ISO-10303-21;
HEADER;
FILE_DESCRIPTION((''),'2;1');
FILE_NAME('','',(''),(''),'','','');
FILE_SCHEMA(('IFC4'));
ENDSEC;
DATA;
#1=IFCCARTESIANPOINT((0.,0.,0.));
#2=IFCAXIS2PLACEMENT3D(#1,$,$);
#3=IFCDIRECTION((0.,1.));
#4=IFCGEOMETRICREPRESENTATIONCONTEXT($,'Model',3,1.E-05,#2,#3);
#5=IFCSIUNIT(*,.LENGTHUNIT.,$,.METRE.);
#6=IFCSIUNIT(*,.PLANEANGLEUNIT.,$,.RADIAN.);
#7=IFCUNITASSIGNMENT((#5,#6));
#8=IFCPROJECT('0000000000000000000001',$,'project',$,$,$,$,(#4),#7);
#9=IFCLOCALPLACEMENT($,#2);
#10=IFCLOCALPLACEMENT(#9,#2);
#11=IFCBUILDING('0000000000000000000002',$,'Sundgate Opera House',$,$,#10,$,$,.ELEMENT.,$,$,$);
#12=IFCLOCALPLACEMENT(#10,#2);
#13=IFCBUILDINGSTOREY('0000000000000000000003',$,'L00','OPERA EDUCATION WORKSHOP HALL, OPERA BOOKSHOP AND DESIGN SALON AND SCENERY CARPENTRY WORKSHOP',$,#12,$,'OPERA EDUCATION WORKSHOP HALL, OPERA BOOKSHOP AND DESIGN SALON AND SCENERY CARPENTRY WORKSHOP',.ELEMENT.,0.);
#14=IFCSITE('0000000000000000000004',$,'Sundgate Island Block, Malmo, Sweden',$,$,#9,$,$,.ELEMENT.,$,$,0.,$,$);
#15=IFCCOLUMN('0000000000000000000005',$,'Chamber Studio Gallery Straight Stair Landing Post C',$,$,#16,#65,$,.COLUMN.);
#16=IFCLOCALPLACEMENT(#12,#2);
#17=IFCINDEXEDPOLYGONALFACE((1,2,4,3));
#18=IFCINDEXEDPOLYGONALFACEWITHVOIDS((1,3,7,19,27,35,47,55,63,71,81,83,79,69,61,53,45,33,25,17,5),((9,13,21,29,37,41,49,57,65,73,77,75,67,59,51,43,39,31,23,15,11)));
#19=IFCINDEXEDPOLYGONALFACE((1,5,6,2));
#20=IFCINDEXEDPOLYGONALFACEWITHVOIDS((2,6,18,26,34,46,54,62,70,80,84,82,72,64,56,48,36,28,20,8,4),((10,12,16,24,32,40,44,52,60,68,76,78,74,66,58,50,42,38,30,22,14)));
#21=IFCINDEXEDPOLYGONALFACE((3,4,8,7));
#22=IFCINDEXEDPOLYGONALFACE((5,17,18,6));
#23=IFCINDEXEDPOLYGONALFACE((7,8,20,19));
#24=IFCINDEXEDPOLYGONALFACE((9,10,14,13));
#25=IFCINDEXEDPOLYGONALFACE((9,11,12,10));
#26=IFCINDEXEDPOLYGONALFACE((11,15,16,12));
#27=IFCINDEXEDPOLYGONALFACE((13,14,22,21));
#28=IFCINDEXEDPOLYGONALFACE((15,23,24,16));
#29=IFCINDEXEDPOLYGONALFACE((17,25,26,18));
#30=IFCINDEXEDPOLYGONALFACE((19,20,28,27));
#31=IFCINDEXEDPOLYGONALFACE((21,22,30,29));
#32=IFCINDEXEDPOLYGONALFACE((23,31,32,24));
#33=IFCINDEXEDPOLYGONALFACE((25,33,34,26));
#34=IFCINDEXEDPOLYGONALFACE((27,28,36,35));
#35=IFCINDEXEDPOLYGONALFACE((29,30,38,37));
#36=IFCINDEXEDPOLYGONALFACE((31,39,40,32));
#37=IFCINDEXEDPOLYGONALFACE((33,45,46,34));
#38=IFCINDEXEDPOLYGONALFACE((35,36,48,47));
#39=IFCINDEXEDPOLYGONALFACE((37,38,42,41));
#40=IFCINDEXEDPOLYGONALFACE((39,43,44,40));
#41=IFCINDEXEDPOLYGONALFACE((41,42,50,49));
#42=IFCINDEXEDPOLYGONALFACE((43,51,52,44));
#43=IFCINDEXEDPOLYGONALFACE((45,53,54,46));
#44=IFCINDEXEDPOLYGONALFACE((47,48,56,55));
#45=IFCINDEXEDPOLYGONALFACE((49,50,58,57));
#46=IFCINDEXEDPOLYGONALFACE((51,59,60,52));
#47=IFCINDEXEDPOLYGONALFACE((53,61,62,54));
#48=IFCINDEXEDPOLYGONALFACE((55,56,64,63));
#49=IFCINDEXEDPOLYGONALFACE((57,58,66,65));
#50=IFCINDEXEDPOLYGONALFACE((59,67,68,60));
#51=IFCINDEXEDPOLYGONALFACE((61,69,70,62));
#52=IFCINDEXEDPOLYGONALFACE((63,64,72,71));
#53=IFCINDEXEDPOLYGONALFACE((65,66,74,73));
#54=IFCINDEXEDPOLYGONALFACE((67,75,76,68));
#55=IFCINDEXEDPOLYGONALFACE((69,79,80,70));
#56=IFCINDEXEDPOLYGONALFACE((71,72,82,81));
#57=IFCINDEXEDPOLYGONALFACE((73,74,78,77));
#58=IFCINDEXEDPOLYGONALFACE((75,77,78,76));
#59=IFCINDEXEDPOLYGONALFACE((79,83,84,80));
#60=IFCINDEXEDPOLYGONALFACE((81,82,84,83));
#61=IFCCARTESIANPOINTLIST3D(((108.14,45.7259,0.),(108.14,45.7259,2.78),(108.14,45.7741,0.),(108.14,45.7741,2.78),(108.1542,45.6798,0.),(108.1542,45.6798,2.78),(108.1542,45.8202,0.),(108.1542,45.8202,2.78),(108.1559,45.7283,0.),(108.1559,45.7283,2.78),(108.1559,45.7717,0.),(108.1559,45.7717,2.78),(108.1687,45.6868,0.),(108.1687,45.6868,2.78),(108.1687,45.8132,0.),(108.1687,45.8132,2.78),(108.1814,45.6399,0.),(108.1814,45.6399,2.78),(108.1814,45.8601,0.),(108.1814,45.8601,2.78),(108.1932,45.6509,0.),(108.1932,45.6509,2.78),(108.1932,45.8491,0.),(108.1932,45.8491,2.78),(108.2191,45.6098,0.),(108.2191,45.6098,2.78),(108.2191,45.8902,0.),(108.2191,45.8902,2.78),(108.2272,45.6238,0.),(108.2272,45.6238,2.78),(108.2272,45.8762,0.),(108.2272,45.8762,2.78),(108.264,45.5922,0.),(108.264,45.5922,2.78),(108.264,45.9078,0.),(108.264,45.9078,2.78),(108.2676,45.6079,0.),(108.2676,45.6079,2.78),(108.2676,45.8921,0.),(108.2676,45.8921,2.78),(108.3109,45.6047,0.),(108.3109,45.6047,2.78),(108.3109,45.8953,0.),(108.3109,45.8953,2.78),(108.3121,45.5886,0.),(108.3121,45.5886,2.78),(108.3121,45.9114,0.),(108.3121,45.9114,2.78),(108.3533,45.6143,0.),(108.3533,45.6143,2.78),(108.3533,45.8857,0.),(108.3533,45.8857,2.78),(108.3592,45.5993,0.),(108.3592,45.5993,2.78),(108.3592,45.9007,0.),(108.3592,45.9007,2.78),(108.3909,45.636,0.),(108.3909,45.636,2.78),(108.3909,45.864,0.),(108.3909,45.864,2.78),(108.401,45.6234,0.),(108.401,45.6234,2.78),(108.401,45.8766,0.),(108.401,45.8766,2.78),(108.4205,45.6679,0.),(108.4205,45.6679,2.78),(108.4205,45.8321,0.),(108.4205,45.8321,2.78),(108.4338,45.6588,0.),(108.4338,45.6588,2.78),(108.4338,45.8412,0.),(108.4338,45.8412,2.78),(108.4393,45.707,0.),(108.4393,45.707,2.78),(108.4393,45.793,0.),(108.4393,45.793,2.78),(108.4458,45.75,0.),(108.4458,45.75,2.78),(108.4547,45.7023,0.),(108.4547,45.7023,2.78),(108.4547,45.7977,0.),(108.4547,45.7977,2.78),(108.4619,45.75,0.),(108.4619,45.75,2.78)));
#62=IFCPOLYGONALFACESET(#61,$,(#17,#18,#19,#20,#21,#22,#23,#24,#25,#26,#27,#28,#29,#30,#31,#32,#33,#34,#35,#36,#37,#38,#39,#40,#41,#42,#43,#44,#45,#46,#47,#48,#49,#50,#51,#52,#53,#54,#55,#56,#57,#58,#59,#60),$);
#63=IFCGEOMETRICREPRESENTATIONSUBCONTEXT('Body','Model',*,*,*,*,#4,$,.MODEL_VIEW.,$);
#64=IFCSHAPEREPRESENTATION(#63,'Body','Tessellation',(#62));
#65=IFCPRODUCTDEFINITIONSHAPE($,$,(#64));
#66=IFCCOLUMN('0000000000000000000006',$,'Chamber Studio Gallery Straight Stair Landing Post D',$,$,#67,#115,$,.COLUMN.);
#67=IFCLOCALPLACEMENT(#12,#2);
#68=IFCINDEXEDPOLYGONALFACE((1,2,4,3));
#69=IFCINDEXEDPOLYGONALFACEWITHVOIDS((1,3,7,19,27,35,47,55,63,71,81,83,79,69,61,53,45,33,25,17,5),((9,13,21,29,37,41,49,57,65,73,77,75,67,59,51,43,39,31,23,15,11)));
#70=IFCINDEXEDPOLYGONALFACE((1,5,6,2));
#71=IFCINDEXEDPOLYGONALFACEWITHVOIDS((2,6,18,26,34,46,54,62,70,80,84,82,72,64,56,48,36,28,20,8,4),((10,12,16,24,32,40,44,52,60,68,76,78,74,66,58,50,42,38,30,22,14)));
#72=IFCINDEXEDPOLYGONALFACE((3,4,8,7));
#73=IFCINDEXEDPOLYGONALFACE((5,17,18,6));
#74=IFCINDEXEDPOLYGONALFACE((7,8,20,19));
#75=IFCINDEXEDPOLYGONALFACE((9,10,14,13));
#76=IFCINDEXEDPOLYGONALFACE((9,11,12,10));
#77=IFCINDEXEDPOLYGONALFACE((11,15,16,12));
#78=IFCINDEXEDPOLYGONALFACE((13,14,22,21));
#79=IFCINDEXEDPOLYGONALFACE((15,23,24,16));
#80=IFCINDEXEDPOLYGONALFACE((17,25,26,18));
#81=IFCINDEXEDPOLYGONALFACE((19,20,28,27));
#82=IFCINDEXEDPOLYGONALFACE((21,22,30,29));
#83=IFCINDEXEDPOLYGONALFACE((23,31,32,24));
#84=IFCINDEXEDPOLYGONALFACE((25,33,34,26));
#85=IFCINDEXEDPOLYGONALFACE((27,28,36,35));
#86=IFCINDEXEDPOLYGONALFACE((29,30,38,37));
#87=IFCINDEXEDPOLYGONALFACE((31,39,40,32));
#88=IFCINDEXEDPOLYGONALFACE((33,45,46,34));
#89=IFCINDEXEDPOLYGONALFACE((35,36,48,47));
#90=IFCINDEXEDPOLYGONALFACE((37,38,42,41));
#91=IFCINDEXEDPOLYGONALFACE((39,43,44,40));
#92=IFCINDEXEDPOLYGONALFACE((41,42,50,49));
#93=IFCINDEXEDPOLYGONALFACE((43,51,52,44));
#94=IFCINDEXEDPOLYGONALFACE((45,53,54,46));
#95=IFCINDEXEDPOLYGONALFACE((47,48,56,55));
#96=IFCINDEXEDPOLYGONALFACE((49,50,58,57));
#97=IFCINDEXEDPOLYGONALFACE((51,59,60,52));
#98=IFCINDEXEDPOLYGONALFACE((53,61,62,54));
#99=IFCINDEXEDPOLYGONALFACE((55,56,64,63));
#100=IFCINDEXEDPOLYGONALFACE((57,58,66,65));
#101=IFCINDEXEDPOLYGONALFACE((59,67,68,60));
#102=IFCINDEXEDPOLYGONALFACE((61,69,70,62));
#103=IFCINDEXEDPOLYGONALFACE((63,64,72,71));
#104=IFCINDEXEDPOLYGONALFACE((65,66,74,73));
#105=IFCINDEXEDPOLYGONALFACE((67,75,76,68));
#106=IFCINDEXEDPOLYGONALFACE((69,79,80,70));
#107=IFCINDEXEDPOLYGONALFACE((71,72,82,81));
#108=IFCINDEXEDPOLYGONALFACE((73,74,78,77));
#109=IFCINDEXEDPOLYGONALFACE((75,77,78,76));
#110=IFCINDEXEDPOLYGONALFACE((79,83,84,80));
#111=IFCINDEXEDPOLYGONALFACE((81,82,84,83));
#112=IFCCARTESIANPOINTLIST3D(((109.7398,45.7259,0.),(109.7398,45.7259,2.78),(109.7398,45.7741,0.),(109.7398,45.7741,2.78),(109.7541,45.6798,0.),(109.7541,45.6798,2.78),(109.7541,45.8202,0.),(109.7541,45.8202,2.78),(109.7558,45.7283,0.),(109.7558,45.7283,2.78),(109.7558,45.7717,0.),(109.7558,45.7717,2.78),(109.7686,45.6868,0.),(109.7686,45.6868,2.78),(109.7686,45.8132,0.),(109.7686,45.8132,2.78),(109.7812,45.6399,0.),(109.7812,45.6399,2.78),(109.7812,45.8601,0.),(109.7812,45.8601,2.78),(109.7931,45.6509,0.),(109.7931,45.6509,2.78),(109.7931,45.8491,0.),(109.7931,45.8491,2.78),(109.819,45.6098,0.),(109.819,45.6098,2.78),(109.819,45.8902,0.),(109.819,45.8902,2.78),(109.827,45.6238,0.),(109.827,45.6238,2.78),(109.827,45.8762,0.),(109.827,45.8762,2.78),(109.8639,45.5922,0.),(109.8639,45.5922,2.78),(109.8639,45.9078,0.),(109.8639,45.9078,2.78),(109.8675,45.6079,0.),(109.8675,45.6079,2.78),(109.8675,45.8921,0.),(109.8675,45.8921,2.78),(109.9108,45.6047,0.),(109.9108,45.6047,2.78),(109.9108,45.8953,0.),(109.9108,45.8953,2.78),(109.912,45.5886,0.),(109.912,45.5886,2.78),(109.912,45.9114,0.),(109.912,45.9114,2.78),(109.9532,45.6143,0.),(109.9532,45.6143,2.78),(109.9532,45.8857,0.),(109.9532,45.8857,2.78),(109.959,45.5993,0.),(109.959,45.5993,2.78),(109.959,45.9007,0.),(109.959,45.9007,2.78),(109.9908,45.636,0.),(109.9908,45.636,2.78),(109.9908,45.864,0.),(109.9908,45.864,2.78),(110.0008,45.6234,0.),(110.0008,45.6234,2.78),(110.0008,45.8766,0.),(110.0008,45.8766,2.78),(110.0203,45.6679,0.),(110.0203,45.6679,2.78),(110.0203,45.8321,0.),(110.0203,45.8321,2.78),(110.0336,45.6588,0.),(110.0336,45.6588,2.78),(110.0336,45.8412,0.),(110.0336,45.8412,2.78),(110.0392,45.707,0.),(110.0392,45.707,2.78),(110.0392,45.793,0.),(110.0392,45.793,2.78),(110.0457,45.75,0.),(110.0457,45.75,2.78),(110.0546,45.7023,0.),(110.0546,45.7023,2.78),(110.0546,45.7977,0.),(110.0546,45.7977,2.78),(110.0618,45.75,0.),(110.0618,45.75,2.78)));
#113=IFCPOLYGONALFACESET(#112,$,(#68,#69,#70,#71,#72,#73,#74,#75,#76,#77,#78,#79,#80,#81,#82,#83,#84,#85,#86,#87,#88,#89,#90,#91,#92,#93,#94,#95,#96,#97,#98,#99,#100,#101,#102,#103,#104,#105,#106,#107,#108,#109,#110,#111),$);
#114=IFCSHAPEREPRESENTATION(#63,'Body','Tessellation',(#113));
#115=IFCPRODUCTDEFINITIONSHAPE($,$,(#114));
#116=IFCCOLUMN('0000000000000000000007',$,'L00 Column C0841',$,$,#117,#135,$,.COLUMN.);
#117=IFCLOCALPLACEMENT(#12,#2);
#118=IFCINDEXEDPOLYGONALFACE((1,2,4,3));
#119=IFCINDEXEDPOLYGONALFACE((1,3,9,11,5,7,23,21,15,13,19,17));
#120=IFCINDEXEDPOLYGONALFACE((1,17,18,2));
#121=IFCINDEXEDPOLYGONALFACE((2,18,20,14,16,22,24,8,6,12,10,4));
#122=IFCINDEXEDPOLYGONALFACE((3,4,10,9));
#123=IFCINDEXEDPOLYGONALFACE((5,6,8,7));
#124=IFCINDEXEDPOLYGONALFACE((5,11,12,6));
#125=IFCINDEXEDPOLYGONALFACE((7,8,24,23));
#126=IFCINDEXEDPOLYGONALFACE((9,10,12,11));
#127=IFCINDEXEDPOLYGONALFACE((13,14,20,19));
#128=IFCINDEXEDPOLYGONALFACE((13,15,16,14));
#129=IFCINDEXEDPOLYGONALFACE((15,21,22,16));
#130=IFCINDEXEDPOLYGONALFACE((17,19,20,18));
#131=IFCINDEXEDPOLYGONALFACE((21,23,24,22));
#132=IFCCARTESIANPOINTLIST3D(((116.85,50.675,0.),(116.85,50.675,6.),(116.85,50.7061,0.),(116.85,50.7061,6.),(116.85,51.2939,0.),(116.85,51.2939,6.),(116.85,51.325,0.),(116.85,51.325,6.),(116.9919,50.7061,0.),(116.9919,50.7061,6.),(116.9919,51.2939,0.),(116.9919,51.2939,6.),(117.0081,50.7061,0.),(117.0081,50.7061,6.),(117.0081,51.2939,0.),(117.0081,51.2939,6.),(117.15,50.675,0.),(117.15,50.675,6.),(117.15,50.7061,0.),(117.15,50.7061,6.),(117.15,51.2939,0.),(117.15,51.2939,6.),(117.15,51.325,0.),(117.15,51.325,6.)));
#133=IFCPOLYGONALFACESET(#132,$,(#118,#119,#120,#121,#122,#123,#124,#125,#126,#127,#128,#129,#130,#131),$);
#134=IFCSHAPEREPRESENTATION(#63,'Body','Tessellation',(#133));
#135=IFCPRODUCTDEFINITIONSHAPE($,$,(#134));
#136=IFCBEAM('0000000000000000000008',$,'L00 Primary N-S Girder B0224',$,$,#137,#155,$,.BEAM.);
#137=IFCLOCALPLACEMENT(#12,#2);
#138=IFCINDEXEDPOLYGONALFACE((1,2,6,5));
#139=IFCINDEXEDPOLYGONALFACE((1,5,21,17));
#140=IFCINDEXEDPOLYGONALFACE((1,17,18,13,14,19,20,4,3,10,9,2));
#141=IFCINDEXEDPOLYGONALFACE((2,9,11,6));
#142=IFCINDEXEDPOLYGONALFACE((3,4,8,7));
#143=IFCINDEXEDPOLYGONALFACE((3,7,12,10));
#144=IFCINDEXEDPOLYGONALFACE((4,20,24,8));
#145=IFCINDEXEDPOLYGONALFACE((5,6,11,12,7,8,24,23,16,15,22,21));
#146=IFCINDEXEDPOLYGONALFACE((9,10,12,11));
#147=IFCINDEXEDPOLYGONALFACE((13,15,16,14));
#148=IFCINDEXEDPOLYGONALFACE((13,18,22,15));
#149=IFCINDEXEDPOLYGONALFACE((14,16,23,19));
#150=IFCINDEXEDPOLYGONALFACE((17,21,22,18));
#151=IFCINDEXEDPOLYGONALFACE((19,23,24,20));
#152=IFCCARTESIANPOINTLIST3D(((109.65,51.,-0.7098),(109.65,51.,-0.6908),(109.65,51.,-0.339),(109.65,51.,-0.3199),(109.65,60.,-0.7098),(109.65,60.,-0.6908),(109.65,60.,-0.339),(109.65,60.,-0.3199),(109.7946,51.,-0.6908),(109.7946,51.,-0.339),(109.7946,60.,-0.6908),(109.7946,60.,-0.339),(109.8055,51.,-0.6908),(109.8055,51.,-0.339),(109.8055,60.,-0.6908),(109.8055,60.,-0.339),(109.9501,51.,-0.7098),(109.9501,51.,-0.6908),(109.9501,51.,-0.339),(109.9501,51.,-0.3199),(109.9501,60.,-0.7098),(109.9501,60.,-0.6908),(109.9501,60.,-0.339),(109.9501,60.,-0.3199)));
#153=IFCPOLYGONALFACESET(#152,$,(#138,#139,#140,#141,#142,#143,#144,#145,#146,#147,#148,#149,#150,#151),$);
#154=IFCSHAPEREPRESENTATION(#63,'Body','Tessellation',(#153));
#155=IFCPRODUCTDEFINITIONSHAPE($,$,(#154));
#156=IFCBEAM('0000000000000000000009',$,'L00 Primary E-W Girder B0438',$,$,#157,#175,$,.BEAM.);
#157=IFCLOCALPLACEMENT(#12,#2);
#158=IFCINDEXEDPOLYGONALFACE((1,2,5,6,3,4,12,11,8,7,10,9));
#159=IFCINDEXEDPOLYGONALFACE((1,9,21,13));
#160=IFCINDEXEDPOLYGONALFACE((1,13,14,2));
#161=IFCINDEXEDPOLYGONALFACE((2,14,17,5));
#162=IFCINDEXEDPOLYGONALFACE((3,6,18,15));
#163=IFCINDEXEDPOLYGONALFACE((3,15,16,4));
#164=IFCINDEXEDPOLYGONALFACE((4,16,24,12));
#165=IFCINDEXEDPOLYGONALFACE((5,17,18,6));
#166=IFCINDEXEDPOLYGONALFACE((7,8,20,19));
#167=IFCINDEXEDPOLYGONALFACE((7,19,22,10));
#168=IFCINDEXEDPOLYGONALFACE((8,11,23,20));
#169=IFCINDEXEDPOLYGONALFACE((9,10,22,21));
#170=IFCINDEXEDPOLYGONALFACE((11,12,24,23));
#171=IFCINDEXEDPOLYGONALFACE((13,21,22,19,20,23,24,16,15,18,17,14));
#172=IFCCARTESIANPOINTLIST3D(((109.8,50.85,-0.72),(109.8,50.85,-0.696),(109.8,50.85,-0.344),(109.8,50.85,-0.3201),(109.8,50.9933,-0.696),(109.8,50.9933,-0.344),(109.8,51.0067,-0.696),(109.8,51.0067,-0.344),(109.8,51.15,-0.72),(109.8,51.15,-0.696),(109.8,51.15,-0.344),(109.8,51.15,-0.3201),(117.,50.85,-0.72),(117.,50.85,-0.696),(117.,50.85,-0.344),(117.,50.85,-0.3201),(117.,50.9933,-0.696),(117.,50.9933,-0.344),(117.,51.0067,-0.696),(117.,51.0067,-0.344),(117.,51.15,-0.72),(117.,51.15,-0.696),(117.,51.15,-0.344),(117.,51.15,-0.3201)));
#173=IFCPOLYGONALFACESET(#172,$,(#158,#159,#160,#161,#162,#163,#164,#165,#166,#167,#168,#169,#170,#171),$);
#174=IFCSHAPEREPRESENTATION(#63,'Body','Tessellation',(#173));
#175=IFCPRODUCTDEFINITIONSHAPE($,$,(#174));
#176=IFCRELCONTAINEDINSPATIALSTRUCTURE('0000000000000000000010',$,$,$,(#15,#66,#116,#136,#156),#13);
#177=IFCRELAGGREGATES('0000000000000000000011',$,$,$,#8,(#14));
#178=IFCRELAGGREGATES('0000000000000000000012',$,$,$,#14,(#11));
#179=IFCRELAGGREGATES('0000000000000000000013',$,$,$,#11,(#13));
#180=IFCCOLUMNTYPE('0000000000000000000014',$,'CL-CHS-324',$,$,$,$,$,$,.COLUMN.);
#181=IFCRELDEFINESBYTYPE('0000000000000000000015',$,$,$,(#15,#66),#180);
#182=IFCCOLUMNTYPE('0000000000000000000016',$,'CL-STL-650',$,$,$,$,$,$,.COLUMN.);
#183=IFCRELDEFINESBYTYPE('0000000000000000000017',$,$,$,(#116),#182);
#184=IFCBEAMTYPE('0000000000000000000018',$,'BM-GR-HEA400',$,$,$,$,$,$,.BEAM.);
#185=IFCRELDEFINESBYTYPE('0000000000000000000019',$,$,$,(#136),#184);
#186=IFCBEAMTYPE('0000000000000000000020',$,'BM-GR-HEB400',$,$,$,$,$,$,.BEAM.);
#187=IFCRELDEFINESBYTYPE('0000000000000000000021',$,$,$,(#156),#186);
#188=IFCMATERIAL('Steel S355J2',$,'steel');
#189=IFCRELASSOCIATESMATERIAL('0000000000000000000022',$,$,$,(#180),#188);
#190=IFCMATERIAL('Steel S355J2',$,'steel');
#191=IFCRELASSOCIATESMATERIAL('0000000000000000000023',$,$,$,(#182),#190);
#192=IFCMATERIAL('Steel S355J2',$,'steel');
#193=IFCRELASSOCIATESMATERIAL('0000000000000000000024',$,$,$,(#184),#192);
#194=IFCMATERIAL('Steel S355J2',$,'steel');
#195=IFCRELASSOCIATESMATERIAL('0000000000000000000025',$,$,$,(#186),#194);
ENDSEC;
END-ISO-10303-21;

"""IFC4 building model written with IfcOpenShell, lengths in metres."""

from ifc_helpers import new_model, si_unit, direction, frame, origin, origin_2d, place, context, subcontext, project, spatial, hollow_circle, i_section, extrude, material, material_profile, profile_set, type_object, element, save


model = new_model("IFC4")

# Units and contexts
model_context = context("Model", 3, precision=1e-05, world=origin(), true_north=direction((0.0, 1.0)))
body_context = subcontext(model_context, "Body", "Model", "MODEL_VIEW")
ifc_project = project(units=[si_unit("LENGTHUNIT", "METRE"), si_unit("PLANEANGLEUNIT", "RADIAN")], contexts=[model_context])

# Site, building, storey
site_placement = place(None, origin())
site = spatial("IfcSite", under=ifc_project, at=site_placement, Name="Sundgate Island Block, Malmo, Sweden", CompositionType="ELEMENT", RefElevation=0.0)
building_placement = place(site_placement, origin())
building = spatial("IfcBuilding", under=site, at=building_placement, Name="Sundgate Opera House", CompositionType="ELEMENT")
storey_placement = place(building_placement, origin())
storey = spatial("IfcBuildingStorey", under=building, at=storey_placement, Name="L00", Description="OPERA EDUCATION WORKSHOP HALL, OPERA BOOKSHOP AND DESIGN SALON AND SCENERY CARPENTRY WORKSHOP", LongName="OPERA EDUCATION WORKSHOP HALL, OPERA BOOKSHOP AND DESIGN SALON AND SCENERY CARPENTRY WORKSHOP", CompositionType="ELEMENT", Elevation=0.0)

# Columns
ifc_material_1 = material(Name="Steel S355J2", Category="steel")
ifc_material_profile_1 = material_profile(ifc_material_1, hollow_circle(Radius=0.1619, WallThickness=0.0161, at=origin_2d()), Name="CHS 323.9x16.0")
ifc_profile_set_1 = profile_set([ifc_material_profile_1], Name="Steel S355J2")
column_type_1 = type_object("IfcColumnType", Name="CL-CHS-324", PredefinedType="COLUMN", material=ifc_profile_set_1)
for number, where, z_axis, x_axis, name in (
    (1, (108.3, 45.75, 0.0), (0.0, 0.0, 1.0), (1.0, 0.0, 0.0), "Chamber Studio Gallery Straight Stair Landing Post C"),
    (2, (109.8999, 45.75, 0.0), (0.0, 0.0, 1.0), (1.0, 0.0, 0.0), "Chamber Studio Gallery Straight Stair Landing Post D"),
):
    element("IfcColumn", number, at=place(storey_placement, frame(where, z_axis=z_axis, x_axis=x_axis)), inside=storey, type_object=column_type_1, Name=name, PredefinedType="COLUMN", context=body_context, shape_type="SweptSolid", body=[
        extrude(hollow_circle(Radius=0.1619, WallThickness=0.0161, at=origin_2d()), origin(), (0.0, 0.0, 1.0), 2.78),
    ])
ifc_material_2 = material(Name="Steel S355J2", Category="steel")
ifc_material_profile_2 = material_profile(ifc_material_2, i_section(OverallWidth=0.3, OverallDepth=0.6499, WebThickness=0.0161, FlangeThickness=0.031, at=origin_2d()), Name="HEB 650")
ifc_profile_set_2 = profile_set([ifc_material_profile_2], Name="Steel S355J2")
column_type_2 = type_object("IfcColumnType", Name="CL-STL-650", PredefinedType="COLUMN", material=ifc_profile_set_2)
column_placement = place(storey_placement, frame((117.0, 51.0, 0.0), z_axis=(0.0, 0.0, 1.0), x_axis=(1.0, 0.0, 0.0)))
element("IfcColumn", 3, at=column_placement, inside=storey, type_object=column_type_2, Name="L00 Column C0841", PredefinedType="COLUMN", context=body_context, shape_type="SweptSolid", body=[
    extrude(i_section(OverallWidth=0.3, OverallDepth=0.6499, WebThickness=0.0161, FlangeThickness=0.031, at=origin_2d()), origin(), (0.0, 0.0, 1.0), 6.0),
])

# Beams
ifc_material_3 = material(Name="Steel S355J2", Category="steel")
ifc_material_profile_3 = material_profile(ifc_material_3, i_section(OverallWidth=0.3, OverallDepth=0.3899, WebThickness=0.011, FlangeThickness=0.019, at=origin_2d()), Name="HEA 400")
ifc_profile_set_3 = profile_set([ifc_material_profile_3], Name="Steel S355J2")
beam_type_1 = type_object("IfcBeamType", Name="BM-GR-HEA400", PredefinedType="BEAM", material=ifc_profile_set_3)
beam_1_placement = place(storey_placement, frame((109.8, 51.0, -0.5149), z_axis=(0.0, 1.0, 0.0), x_axis=(-1.0, 0.0, 0.0)))
element("IfcBeam", 4, at=beam_1_placement, inside=storey, type_object=beam_type_1, Name="L00 Primary N-S Girder B0224", PredefinedType="BEAM", context=body_context, shape_type="SweptSolid", body=[
    extrude(i_section(OverallWidth=0.3, OverallDepth=0.3899, WebThickness=0.011, FlangeThickness=0.019, at=origin_2d()), origin(), (0.0, 0.0, 1.0), 9.0),
])
ifc_material_4 = material(Name="Steel S355J2", Category="steel")
ifc_material_profile_4 = material_profile(ifc_material_4, i_section(OverallWidth=0.3, OverallDepth=0.3999, WebThickness=0.0134, FlangeThickness=0.0239, at=origin_2d()), Name="HEB 400")
ifc_profile_set_4 = profile_set([ifc_material_profile_4], Name="Steel S355J2")
beam_type_2 = type_object("IfcBeamType", Name="BM-GR-HEB400", PredefinedType="BEAM", material=ifc_profile_set_4)
beam_2_placement = place(storey_placement, frame((109.8, 51.0, -0.52), z_axis=(1.0, 0.0, 0.0), x_axis=(0.0, 1.0, 0.0)))
element("IfcBeam", 5, at=beam_2_placement, inside=storey, type_object=beam_type_2, Name="L00 Primary E-W Girder B0438", PredefinedType="BEAM", context=body_context, shape_type="SweptSolid", body=[
    extrude(i_section(OverallWidth=0.3, OverallDepth=0.3999, WebThickness=0.0134, FlangeThickness=0.0239, at=origin_2d()), origin(), (0.0, 0.0, 1.0), 7.2),
])

save(model, "model.ifc")
